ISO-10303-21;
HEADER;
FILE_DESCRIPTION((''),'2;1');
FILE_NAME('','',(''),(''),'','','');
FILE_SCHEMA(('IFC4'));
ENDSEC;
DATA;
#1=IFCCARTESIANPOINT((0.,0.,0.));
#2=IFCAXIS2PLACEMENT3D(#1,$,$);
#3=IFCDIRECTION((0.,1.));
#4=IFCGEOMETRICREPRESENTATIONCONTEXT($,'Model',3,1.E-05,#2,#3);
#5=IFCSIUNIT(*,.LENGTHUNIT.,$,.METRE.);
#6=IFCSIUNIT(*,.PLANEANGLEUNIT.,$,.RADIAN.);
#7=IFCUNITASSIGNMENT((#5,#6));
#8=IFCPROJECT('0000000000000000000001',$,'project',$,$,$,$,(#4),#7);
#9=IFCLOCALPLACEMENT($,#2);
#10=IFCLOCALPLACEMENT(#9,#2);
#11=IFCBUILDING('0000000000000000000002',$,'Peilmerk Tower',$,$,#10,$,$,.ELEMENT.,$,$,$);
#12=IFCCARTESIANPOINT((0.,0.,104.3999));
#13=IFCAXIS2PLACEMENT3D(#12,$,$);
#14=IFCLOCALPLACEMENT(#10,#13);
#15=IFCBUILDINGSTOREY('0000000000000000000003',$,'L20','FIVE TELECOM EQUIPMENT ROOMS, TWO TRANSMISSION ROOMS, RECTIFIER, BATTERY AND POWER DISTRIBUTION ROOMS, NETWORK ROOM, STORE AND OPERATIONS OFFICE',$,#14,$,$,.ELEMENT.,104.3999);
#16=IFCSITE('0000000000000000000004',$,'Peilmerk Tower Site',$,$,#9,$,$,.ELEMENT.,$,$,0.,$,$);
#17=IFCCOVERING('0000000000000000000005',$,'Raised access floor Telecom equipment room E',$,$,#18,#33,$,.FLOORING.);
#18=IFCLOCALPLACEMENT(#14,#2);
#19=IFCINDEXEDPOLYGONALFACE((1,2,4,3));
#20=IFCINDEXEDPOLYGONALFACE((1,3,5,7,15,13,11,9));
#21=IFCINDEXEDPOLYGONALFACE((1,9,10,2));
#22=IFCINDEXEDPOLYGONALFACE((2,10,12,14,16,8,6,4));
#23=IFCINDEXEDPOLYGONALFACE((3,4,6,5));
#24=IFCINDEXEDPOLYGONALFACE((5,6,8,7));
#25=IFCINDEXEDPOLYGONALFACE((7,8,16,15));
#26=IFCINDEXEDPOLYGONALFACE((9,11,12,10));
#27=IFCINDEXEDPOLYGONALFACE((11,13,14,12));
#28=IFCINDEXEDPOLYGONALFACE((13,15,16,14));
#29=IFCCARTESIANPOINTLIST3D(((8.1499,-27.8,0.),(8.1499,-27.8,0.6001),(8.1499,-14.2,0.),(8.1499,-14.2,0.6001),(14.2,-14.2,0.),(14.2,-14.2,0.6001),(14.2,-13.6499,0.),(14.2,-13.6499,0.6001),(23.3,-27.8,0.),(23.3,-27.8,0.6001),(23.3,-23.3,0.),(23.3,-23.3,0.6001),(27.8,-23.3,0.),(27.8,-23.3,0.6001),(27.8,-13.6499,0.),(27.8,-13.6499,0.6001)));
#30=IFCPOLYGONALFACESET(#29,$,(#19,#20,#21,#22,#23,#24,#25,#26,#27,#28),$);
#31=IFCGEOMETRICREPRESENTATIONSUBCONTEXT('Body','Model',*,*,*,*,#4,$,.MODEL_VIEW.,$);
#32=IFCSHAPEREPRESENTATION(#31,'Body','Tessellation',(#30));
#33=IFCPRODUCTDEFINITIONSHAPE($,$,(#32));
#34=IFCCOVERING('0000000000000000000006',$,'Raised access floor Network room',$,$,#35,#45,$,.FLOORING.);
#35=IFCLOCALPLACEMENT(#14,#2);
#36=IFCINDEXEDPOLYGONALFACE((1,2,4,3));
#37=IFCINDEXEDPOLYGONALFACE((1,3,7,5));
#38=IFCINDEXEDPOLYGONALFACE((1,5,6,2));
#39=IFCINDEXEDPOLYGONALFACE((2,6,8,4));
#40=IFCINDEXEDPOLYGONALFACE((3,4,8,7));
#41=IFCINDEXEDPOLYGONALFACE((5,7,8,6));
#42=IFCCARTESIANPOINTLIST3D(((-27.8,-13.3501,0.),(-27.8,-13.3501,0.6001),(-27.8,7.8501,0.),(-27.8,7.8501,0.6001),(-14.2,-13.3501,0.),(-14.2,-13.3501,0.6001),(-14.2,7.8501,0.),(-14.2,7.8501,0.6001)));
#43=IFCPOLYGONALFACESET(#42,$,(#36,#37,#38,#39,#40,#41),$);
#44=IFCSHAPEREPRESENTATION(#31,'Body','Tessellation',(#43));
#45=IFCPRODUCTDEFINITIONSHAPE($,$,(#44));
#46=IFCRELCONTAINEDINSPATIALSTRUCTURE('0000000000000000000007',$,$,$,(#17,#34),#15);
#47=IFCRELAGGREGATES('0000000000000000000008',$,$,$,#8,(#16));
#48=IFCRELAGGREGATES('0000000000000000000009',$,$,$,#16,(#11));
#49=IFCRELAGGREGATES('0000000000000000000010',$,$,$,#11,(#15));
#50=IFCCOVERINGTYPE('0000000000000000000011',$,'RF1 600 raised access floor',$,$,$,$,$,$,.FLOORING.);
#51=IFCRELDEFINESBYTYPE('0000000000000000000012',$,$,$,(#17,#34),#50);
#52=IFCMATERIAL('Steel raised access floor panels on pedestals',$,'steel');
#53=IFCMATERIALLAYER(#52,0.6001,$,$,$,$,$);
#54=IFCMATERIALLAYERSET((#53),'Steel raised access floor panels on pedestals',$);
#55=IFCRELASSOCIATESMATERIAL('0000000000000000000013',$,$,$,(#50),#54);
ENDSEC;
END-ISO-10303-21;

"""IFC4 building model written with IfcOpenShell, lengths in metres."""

from ifc_helpers import new_model, si_unit, direction, frame, origin, place, context, subcontext, project, spatial, polyline, outline, extrude, material, layer, layer_set, type_object, element, save


model = new_model("IFC4")

# Units and contexts
model_context = context("Model", 3, precision=1e-05, world=origin(), true_north=direction((0.0, 1.0)))
body_context = subcontext(model_context, "Body", "Model", "MODEL_VIEW")
ifc_project = project(units=[si_unit("LENGTHUNIT", "METRE"), si_unit("PLANEANGLEUNIT", "RADIAN")], contexts=[model_context])

# Site, building, storey
site_placement = place(None, origin())
site = spatial("IfcSite", under=ifc_project, at=site_placement, Name="Peilmerk Tower Site", CompositionType="ELEMENT", RefElevation=0.0)
building_placement = place(site_placement, origin())
building = spatial("IfcBuilding", under=site, at=building_placement, Name="Peilmerk Tower", CompositionType="ELEMENT")
storey_placement = place(building_placement, frame((0.0, 0.0, 104.3999)))
storey = spatial("IfcBuildingStorey", under=building, at=storey_placement, Name="L20", Description="FIVE TELECOM EQUIPMENT ROOMS, TWO TRANSMISSION ROOMS, RECTIFIER, BATTERY AND POWER DISTRIBUTION ROOMS, NETWORK ROOM, STORE AND OPERATIONS OFFICE", CompositionType="ELEMENT", Elevation=104.3999)

# Coverings
ifc_material_1 = material(Name="Steel raised access floor panels on pedestals", Category="steel")
ifc_layer_1 = layer(ifc_material_1, 0.6001)
ifc_layer_set_1 = layer_set([ifc_layer_1], Name="Steel raised access floor panels on pedestals")
covering_type_1 = type_object("IfcCoveringType", Name="RF1 600 raised access floor", PredefinedType="FLOORING", material=ifc_layer_set_1)
covering_1_placement = place(storey_placement, origin())
element("IfcCovering", 1, at=covering_1_placement, inside=storey, type_object=covering_type_1, Name="Raised access floor Telecom equipment room E", PredefinedType="FLOORING", context=body_context, shape_type="SweptSolid", body=[
    extrude(outline(polyline([(8.1499, -27.8), (23.3, -27.8), (23.3, -23.3), (27.8, -23.3), (27.8, -13.6499), (14.2, -13.6499), (14.2, -14.2), (8.1499, -14.2), (8.1499, -27.8)])), origin(), (0.0, 0.0, 1.0), 0.6001),
])
covering_2_placement = place(storey_placement, origin())
element("IfcCovering", 2, at=covering_2_placement, inside=storey, type_object=covering_type_1, Name="Raised access floor Network room", PredefinedType="FLOORING", context=body_context, shape_type="SweptSolid", body=[
    extrude(outline(polyline([(-27.8, 7.8501), (-27.8, -13.3501), (-14.2, -13.3501), (-14.2, 7.8501), (-27.8, 7.8501)])), origin(), (0.0, 0.0, 1.0), 0.6001),
])

save(model, "model.ifc")
